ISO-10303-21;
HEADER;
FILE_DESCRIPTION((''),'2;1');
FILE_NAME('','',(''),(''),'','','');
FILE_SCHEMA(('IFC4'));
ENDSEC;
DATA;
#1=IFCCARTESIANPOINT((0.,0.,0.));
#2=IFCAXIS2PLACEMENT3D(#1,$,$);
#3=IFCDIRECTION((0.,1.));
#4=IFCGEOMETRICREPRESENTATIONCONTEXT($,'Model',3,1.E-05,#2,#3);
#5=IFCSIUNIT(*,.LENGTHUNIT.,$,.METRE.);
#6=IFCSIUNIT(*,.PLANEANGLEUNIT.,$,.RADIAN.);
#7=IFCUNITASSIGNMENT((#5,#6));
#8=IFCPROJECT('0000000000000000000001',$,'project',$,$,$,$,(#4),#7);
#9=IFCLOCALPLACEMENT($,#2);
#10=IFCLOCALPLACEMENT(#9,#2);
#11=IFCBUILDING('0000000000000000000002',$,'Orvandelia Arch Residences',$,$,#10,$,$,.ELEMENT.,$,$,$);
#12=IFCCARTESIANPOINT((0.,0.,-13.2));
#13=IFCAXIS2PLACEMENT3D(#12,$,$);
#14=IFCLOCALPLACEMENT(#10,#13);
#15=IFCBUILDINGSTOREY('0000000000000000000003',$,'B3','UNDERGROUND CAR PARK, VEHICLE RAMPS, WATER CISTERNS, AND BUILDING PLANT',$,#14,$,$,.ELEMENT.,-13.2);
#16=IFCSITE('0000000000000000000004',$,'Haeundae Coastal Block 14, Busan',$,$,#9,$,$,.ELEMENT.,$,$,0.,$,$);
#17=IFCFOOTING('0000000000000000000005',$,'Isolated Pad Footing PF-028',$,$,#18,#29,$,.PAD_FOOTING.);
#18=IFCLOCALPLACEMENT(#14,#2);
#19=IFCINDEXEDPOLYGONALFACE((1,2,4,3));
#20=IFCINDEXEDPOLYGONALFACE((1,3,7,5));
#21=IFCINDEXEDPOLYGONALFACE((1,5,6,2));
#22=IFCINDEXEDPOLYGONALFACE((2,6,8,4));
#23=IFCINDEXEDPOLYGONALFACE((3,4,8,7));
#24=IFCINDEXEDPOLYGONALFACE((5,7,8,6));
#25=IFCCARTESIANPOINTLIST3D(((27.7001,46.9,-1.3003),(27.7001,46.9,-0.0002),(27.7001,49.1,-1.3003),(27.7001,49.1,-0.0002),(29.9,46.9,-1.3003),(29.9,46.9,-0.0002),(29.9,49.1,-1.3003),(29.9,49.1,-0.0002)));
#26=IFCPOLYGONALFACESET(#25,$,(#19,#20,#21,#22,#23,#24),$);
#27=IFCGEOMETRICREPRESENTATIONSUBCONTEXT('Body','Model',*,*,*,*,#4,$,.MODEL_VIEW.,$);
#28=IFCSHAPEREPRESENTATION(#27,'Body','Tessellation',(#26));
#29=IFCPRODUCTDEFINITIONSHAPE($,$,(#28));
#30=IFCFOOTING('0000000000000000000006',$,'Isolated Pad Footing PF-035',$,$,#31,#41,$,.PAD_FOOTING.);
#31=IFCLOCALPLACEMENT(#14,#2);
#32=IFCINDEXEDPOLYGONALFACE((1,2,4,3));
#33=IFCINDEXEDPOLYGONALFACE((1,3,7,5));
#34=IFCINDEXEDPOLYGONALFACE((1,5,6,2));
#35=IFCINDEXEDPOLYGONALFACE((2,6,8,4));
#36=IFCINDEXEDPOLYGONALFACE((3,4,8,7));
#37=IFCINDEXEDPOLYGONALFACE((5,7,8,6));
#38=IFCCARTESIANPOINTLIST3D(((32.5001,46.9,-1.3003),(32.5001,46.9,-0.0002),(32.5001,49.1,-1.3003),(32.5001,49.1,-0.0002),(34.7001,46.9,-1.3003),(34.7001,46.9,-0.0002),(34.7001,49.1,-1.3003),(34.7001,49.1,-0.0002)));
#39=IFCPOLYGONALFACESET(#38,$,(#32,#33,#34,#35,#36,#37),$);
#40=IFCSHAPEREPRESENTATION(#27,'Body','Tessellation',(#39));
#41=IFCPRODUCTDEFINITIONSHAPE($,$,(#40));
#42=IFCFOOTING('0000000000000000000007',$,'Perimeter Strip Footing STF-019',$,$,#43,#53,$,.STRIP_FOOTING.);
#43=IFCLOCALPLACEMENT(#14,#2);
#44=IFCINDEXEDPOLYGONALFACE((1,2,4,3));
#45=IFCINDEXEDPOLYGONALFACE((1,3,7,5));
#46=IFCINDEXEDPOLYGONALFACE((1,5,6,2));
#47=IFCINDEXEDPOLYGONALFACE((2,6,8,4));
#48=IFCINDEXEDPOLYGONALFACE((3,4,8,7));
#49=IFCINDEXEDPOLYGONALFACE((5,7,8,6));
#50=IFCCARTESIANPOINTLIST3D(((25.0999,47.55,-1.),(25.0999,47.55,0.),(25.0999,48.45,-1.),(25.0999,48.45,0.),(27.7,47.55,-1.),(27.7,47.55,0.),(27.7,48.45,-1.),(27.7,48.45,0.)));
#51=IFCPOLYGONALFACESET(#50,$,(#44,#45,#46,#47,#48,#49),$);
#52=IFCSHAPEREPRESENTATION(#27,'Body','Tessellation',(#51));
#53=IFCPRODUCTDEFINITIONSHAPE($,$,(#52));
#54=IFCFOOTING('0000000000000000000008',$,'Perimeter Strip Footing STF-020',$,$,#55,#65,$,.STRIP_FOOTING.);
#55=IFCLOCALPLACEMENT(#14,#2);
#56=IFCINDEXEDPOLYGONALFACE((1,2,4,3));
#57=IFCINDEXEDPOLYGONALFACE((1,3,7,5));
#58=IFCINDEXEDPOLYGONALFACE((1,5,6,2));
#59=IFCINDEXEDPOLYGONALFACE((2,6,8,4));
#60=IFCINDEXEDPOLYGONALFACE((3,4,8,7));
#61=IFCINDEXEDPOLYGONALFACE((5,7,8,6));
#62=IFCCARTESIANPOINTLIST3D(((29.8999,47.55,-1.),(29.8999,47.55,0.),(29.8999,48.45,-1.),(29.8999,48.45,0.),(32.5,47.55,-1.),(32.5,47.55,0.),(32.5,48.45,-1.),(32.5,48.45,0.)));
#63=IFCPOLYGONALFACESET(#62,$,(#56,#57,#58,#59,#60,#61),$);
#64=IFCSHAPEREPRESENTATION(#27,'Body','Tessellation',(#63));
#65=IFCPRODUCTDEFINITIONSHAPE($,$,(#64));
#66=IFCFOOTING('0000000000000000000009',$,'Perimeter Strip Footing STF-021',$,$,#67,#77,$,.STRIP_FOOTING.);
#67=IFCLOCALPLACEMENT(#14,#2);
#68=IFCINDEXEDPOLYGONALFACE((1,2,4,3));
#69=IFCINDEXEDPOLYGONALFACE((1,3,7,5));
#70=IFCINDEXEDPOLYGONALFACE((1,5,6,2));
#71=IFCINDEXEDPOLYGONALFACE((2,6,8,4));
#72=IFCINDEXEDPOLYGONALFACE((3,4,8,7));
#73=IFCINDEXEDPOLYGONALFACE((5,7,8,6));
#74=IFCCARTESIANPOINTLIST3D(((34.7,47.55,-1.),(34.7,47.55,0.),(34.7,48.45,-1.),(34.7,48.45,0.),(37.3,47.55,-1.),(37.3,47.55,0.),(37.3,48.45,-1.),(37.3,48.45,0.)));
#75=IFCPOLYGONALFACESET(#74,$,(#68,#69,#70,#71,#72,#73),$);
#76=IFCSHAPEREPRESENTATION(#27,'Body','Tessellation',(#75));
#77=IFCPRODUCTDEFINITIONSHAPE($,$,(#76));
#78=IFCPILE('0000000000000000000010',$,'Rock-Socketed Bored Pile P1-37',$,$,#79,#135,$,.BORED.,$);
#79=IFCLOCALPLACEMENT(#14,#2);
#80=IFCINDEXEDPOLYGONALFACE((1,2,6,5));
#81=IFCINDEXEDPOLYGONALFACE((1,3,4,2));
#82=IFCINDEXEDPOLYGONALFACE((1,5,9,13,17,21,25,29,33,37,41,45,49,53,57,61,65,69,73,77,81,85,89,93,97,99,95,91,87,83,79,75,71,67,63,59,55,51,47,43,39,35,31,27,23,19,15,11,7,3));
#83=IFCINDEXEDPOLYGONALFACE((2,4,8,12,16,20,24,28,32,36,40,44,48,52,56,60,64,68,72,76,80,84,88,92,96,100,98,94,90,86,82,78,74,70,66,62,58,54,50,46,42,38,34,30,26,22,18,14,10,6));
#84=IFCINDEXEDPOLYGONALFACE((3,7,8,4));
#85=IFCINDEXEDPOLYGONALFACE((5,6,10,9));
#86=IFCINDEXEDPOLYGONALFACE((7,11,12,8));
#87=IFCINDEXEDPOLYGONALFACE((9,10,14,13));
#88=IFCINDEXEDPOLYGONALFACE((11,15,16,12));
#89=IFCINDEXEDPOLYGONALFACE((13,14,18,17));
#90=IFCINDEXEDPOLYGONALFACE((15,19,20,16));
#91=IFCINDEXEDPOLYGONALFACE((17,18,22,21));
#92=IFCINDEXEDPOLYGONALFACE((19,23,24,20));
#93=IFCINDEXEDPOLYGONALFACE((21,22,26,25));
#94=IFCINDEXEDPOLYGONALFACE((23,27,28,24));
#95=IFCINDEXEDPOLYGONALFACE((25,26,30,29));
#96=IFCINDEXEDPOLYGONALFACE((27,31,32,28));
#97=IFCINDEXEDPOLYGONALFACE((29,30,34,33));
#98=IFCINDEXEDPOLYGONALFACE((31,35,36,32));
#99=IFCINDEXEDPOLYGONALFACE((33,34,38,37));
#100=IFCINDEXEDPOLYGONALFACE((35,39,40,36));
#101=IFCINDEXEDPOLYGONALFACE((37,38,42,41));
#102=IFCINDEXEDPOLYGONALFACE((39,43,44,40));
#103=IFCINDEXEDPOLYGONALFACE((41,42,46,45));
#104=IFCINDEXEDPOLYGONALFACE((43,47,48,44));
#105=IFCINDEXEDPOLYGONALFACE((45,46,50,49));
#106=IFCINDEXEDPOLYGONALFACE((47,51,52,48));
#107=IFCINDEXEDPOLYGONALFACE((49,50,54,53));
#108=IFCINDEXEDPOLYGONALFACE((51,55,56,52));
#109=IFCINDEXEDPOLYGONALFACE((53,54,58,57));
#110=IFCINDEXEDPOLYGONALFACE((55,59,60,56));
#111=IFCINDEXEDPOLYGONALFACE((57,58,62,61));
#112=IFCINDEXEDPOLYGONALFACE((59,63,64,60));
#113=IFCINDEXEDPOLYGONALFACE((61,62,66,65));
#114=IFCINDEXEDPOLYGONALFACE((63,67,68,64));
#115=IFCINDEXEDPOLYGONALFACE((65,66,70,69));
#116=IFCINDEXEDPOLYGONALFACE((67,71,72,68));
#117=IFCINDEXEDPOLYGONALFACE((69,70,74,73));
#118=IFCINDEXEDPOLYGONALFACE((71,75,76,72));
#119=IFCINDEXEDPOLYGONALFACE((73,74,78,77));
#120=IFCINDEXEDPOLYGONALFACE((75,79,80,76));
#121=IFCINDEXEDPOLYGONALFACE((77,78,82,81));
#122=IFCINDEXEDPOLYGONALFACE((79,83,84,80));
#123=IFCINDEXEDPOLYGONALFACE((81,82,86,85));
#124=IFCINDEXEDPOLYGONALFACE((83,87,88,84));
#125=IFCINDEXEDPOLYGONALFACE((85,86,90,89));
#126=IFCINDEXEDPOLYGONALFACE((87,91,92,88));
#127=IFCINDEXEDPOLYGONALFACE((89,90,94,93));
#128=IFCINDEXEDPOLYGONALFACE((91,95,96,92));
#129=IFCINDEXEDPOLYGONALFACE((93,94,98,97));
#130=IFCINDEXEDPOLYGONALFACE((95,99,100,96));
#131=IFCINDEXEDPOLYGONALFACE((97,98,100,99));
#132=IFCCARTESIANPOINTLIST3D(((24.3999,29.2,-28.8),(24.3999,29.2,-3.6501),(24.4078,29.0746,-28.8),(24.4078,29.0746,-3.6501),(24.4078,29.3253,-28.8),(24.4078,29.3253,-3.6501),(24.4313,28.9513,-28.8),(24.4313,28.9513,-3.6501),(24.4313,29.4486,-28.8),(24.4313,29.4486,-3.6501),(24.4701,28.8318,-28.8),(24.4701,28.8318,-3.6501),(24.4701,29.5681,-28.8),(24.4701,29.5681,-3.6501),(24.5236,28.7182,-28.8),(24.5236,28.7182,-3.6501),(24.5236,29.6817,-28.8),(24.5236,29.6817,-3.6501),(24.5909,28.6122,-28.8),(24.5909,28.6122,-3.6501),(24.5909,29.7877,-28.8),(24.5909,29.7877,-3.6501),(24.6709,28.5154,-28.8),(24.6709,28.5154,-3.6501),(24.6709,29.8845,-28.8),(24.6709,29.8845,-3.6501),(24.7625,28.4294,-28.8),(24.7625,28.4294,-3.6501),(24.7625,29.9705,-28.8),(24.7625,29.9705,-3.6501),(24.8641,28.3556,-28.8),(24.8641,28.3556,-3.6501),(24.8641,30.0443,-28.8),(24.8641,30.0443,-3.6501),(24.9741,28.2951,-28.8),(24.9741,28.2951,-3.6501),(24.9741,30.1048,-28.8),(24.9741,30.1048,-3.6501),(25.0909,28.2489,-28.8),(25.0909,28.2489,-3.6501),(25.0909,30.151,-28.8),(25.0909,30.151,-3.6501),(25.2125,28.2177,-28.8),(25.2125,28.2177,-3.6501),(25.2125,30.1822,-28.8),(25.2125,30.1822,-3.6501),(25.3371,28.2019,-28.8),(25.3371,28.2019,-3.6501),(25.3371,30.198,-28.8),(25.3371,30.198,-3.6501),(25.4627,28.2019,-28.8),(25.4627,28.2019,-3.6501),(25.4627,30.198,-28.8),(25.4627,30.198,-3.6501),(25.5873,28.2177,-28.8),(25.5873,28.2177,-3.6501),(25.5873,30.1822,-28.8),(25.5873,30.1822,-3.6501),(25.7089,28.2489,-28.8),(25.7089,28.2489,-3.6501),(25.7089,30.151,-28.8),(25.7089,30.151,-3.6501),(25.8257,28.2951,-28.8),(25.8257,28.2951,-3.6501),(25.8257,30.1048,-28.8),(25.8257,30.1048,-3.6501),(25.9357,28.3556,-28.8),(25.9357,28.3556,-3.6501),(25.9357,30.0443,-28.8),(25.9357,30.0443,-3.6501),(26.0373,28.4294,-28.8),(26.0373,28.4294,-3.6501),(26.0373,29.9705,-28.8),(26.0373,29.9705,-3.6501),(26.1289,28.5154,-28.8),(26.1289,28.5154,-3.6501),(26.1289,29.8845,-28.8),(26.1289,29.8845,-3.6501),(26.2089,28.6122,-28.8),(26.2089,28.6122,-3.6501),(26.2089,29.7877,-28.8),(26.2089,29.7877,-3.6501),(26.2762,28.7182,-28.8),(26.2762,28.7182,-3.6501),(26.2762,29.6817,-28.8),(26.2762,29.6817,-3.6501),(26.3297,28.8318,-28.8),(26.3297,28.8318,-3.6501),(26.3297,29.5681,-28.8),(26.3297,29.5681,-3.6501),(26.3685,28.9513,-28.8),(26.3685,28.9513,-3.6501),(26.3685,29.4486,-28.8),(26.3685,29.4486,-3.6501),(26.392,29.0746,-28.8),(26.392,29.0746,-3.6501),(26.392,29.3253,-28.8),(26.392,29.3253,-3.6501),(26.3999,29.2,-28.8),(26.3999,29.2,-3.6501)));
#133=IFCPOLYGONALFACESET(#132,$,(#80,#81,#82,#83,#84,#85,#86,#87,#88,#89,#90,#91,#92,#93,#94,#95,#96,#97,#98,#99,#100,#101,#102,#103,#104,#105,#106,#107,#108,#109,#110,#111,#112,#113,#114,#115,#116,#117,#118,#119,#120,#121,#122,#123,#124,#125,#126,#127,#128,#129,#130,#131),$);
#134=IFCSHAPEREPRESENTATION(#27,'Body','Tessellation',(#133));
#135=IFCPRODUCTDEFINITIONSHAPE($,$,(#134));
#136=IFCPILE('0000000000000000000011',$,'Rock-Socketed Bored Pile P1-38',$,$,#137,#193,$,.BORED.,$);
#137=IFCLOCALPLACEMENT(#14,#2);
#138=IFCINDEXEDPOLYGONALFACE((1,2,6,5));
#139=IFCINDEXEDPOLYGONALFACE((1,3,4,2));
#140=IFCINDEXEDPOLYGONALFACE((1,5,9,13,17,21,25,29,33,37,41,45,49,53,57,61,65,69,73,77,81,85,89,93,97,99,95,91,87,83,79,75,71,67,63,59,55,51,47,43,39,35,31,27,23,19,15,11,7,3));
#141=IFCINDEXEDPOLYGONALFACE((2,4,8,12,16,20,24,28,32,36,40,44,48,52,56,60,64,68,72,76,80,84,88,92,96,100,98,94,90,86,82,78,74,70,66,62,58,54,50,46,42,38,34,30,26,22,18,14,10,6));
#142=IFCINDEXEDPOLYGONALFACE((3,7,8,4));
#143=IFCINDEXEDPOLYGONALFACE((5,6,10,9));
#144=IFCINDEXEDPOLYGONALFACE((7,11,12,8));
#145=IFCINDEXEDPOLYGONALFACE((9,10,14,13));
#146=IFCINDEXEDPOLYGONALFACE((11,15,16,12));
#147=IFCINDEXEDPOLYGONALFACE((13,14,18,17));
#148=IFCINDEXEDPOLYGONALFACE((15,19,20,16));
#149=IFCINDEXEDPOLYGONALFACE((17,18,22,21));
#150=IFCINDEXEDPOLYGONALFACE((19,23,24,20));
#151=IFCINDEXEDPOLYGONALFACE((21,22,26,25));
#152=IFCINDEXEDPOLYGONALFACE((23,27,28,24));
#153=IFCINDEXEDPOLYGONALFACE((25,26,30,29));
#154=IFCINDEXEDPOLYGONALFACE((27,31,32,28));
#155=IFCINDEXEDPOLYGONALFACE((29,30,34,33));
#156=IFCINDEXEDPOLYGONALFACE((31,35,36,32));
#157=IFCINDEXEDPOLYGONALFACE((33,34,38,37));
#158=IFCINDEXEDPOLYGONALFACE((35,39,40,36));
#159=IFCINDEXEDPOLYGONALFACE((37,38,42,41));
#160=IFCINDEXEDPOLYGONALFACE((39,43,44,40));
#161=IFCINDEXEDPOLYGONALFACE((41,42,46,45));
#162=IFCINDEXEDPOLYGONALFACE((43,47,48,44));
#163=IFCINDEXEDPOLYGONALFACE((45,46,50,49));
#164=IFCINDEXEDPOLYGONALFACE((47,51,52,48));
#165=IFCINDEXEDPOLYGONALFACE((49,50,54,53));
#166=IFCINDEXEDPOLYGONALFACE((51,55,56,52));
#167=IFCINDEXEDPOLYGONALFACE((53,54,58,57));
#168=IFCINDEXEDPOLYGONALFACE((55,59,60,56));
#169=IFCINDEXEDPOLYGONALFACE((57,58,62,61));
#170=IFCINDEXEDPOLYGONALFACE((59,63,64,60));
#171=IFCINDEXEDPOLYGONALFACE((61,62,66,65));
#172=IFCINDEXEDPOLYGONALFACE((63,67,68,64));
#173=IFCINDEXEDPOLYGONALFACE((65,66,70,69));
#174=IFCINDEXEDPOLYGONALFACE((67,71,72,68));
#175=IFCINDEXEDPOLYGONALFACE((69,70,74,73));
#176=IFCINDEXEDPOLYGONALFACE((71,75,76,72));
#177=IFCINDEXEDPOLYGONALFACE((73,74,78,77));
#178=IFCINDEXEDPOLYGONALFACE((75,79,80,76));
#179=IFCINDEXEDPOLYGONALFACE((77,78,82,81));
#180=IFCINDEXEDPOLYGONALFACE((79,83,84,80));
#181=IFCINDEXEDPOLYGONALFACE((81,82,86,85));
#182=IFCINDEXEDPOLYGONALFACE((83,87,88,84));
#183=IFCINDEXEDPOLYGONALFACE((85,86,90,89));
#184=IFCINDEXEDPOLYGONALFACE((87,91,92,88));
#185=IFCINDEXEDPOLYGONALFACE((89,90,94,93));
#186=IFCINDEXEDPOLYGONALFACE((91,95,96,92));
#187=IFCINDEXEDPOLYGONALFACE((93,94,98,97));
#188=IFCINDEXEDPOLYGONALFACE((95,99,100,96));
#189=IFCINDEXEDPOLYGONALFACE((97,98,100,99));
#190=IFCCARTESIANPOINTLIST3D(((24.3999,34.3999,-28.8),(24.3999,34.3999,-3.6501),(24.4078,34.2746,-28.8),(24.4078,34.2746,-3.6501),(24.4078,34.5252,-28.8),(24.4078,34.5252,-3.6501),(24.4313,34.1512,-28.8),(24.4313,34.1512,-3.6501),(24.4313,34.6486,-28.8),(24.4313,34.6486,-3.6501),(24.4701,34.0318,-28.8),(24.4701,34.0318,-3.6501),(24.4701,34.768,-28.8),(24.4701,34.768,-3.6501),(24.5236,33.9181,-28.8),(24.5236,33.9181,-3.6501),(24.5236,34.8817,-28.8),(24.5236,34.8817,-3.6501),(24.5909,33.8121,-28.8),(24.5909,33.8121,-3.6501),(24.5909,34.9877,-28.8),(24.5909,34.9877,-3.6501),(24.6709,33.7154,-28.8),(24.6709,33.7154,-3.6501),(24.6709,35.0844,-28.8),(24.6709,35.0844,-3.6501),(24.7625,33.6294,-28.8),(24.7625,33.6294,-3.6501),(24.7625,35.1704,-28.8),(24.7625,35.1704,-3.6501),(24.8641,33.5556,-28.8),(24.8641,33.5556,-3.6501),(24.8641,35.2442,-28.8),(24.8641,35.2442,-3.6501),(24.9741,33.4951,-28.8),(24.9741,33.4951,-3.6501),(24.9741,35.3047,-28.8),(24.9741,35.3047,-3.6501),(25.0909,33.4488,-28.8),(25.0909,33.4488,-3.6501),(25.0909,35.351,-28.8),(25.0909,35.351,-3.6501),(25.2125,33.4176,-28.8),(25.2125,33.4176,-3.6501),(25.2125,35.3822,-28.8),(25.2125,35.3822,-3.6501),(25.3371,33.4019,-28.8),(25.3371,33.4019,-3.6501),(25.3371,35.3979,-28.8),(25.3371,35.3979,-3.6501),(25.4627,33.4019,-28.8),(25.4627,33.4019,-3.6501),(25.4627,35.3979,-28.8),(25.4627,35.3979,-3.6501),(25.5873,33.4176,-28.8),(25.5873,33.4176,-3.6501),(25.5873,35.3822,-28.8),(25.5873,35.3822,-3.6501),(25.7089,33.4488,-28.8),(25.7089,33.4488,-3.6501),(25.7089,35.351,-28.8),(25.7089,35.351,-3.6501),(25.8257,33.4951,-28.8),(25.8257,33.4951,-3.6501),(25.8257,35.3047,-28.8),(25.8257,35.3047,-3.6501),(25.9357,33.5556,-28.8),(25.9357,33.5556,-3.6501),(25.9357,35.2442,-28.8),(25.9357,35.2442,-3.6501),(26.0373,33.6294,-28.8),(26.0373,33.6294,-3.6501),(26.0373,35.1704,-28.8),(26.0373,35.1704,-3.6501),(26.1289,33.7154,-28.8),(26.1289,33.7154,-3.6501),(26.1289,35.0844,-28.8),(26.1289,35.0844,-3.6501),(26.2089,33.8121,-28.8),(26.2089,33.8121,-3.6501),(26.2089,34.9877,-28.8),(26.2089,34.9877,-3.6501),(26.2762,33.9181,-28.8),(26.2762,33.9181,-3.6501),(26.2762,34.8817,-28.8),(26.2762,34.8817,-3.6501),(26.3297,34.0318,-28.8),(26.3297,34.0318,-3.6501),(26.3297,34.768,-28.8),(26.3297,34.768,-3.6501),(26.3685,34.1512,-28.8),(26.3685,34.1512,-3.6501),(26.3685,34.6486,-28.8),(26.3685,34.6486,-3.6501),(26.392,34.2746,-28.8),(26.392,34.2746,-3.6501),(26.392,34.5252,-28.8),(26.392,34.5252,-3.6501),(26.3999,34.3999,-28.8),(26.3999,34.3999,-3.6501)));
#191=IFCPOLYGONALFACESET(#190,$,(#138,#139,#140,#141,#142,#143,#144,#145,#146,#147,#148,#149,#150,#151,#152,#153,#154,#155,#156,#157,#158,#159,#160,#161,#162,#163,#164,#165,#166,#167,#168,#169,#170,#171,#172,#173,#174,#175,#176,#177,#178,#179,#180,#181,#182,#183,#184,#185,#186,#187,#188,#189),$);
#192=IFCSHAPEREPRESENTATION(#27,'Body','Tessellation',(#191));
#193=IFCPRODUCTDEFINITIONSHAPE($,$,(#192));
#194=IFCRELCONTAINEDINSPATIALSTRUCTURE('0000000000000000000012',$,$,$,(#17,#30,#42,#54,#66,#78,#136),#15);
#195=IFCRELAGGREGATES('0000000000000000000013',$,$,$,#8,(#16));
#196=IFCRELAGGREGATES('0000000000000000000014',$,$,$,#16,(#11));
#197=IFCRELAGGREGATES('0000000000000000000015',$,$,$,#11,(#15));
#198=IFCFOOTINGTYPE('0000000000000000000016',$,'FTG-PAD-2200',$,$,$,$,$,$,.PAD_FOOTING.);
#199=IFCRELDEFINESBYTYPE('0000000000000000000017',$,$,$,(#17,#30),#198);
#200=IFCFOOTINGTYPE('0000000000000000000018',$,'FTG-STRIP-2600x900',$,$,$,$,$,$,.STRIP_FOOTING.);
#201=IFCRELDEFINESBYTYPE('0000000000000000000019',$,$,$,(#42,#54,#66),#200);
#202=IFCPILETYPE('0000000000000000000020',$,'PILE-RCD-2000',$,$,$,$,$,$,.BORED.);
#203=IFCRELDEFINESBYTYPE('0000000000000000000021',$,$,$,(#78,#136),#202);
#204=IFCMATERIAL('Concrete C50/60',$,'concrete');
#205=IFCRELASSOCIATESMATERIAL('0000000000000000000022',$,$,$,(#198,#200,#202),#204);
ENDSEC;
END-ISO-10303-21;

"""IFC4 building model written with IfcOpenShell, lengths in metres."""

from ifc_helpers import new_model, si_unit, direction, frame, origin, origin_2d, place, context, subcontext, project, spatial, rectangle, circle, extrude, material, material_profile, profile_set, type_object, element, save


model = new_model("IFC4")

# Units and contexts
model_context = context("Model", 3, precision=1e-05, world=origin(), true_north=direction((0.0, 1.0)))
body_context = subcontext(model_context, "Body", "Model", "MODEL_VIEW")
ifc_project = project(units=[si_unit("LENGTHUNIT", "METRE"), si_unit("PLANEANGLEUNIT", "RADIAN")], contexts=[model_context])

# Site, building, storey
site_placement = place(None, origin())
site = spatial("IfcSite", under=ifc_project, at=site_placement, Name="Haeundae Coastal Block 14, Busan", CompositionType="ELEMENT", RefElevation=0.0)
building_placement = place(site_placement, origin())
building = spatial("IfcBuilding", under=site, at=building_placement, Name="Orvandelia Arch Residences", CompositionType="ELEMENT")
storey_placement = place(building_placement, frame((0.0, 0.0, -13.2)))
storey = spatial("IfcBuildingStorey", under=building, at=storey_placement, Name="B3", Description="UNDERGROUND CAR PARK, VEHICLE RAMPS, WATER CISTERNS, AND BUILDING PLANT", CompositionType="ELEMENT", Elevation=-13.2)

# Footings
ifc_material_1 = material(Name="Concrete C50/60", Category="concrete")
footing_type_1 = type_object("IfcFootingType", Name="FTG-PAD-2200", PredefinedType="PAD_FOOTING", material=ifc_material_1)
for number, where, z_axis, x_axis, name in (
    (1, (28.8, 48.0, -1.3003), (0.0, 0.0, 1.0), (1.0, 0.0, 0.0), "Isolated Pad Footing PF-028"),
    (2, (33.6001, 48.0, -1.3003), (0.0, 0.0, 1.0), (1.0, 0.0, 0.0), "Isolated Pad Footing PF-035"),
):
    element("IfcFooting", number, at=place(storey_placement, frame(where, z_axis=z_axis, x_axis=x_axis)), inside=storey, type_object=footing_type_1, Name=name, PredefinedType="PAD_FOOTING", context=body_context, shape_type="SweptSolid", body=[
        extrude(rectangle(XDim=2.2, YDim=2.2, at=origin_2d()), origin(), (0.0, 0.0, 1.0), 1.3),
    ])
footing_type_2 = type_object("IfcFootingType", Name="FTG-STRIP-2600x900", PredefinedType="STRIP_FOOTING", material=ifc_material_1)
for number, where, z_axis, x_axis, name in (
    (3, (26.3999, 48.0, -1.0), (0.0, 0.0, 1.0), (1.0, 0.0, 0.0), "Perimeter Strip Footing STF-019"),
    (4, (31.2, 48.0, -1.0), (0.0, 0.0, 1.0), (1.0, 0.0, 0.0), "Perimeter Strip Footing STF-020"),
    (5, (36.0, 48.0, -1.0), (0.0, 0.0, 1.0), (1.0, 0.0, 0.0), "Perimeter Strip Footing STF-021"),
):
    element("IfcFooting", number, at=place(storey_placement, frame(where, z_axis=z_axis, x_axis=x_axis)), inside=storey, type_object=footing_type_2, Name=name, PredefinedType="STRIP_FOOTING", context=body_context, shape_type="SweptSolid", body=[
        extrude(rectangle(XDim=2.6001, YDim=0.8999, at=origin_2d()), origin(), (0.0, 0.0, 1.0), 1.0),
    ])

# Piles
ifc_material_profile_1 = material_profile(ifc_material_1, circle(Radius=1.0, at=origin_2d()), Name="Concrete C50/60", Category="concrete")
ifc_profile_set_1 = profile_set([ifc_material_profile_1], Name="Concrete C50/60")
pile_type = type_object("IfcPileType", Name="PILE-RCD-2000", PredefinedType="BORED", material=ifc_profile_set_1)
for number, where, z_axis, x_axis, name in (
    (6, (25.3999, 29.2, -3.6501), (0.0, 0.0, -1.0), (1.0, 0.0, 0.0), "Rock-Socketed Bored Pile P1-37"),
    (7, (25.3999, 34.3999, -3.6501), (0.0, 0.0, -1.0), (1.0, 0.0, 0.0), "Rock-Socketed Bored Pile P1-38"),
):
    element("IfcPile", number, at=place(storey_placement, frame(where, z_axis=z_axis, x_axis=x_axis)), inside=storey, type_object=pile_type, Name=name, PredefinedType="BORED", context=body_context, shape_type="SweptSolid", body=[
        extrude(circle(Radius=1.0, at=origin_2d()), origin(), (0.0, 0.0, 1.0), 25.1499),
    ])

save(model, "model.ifc")
